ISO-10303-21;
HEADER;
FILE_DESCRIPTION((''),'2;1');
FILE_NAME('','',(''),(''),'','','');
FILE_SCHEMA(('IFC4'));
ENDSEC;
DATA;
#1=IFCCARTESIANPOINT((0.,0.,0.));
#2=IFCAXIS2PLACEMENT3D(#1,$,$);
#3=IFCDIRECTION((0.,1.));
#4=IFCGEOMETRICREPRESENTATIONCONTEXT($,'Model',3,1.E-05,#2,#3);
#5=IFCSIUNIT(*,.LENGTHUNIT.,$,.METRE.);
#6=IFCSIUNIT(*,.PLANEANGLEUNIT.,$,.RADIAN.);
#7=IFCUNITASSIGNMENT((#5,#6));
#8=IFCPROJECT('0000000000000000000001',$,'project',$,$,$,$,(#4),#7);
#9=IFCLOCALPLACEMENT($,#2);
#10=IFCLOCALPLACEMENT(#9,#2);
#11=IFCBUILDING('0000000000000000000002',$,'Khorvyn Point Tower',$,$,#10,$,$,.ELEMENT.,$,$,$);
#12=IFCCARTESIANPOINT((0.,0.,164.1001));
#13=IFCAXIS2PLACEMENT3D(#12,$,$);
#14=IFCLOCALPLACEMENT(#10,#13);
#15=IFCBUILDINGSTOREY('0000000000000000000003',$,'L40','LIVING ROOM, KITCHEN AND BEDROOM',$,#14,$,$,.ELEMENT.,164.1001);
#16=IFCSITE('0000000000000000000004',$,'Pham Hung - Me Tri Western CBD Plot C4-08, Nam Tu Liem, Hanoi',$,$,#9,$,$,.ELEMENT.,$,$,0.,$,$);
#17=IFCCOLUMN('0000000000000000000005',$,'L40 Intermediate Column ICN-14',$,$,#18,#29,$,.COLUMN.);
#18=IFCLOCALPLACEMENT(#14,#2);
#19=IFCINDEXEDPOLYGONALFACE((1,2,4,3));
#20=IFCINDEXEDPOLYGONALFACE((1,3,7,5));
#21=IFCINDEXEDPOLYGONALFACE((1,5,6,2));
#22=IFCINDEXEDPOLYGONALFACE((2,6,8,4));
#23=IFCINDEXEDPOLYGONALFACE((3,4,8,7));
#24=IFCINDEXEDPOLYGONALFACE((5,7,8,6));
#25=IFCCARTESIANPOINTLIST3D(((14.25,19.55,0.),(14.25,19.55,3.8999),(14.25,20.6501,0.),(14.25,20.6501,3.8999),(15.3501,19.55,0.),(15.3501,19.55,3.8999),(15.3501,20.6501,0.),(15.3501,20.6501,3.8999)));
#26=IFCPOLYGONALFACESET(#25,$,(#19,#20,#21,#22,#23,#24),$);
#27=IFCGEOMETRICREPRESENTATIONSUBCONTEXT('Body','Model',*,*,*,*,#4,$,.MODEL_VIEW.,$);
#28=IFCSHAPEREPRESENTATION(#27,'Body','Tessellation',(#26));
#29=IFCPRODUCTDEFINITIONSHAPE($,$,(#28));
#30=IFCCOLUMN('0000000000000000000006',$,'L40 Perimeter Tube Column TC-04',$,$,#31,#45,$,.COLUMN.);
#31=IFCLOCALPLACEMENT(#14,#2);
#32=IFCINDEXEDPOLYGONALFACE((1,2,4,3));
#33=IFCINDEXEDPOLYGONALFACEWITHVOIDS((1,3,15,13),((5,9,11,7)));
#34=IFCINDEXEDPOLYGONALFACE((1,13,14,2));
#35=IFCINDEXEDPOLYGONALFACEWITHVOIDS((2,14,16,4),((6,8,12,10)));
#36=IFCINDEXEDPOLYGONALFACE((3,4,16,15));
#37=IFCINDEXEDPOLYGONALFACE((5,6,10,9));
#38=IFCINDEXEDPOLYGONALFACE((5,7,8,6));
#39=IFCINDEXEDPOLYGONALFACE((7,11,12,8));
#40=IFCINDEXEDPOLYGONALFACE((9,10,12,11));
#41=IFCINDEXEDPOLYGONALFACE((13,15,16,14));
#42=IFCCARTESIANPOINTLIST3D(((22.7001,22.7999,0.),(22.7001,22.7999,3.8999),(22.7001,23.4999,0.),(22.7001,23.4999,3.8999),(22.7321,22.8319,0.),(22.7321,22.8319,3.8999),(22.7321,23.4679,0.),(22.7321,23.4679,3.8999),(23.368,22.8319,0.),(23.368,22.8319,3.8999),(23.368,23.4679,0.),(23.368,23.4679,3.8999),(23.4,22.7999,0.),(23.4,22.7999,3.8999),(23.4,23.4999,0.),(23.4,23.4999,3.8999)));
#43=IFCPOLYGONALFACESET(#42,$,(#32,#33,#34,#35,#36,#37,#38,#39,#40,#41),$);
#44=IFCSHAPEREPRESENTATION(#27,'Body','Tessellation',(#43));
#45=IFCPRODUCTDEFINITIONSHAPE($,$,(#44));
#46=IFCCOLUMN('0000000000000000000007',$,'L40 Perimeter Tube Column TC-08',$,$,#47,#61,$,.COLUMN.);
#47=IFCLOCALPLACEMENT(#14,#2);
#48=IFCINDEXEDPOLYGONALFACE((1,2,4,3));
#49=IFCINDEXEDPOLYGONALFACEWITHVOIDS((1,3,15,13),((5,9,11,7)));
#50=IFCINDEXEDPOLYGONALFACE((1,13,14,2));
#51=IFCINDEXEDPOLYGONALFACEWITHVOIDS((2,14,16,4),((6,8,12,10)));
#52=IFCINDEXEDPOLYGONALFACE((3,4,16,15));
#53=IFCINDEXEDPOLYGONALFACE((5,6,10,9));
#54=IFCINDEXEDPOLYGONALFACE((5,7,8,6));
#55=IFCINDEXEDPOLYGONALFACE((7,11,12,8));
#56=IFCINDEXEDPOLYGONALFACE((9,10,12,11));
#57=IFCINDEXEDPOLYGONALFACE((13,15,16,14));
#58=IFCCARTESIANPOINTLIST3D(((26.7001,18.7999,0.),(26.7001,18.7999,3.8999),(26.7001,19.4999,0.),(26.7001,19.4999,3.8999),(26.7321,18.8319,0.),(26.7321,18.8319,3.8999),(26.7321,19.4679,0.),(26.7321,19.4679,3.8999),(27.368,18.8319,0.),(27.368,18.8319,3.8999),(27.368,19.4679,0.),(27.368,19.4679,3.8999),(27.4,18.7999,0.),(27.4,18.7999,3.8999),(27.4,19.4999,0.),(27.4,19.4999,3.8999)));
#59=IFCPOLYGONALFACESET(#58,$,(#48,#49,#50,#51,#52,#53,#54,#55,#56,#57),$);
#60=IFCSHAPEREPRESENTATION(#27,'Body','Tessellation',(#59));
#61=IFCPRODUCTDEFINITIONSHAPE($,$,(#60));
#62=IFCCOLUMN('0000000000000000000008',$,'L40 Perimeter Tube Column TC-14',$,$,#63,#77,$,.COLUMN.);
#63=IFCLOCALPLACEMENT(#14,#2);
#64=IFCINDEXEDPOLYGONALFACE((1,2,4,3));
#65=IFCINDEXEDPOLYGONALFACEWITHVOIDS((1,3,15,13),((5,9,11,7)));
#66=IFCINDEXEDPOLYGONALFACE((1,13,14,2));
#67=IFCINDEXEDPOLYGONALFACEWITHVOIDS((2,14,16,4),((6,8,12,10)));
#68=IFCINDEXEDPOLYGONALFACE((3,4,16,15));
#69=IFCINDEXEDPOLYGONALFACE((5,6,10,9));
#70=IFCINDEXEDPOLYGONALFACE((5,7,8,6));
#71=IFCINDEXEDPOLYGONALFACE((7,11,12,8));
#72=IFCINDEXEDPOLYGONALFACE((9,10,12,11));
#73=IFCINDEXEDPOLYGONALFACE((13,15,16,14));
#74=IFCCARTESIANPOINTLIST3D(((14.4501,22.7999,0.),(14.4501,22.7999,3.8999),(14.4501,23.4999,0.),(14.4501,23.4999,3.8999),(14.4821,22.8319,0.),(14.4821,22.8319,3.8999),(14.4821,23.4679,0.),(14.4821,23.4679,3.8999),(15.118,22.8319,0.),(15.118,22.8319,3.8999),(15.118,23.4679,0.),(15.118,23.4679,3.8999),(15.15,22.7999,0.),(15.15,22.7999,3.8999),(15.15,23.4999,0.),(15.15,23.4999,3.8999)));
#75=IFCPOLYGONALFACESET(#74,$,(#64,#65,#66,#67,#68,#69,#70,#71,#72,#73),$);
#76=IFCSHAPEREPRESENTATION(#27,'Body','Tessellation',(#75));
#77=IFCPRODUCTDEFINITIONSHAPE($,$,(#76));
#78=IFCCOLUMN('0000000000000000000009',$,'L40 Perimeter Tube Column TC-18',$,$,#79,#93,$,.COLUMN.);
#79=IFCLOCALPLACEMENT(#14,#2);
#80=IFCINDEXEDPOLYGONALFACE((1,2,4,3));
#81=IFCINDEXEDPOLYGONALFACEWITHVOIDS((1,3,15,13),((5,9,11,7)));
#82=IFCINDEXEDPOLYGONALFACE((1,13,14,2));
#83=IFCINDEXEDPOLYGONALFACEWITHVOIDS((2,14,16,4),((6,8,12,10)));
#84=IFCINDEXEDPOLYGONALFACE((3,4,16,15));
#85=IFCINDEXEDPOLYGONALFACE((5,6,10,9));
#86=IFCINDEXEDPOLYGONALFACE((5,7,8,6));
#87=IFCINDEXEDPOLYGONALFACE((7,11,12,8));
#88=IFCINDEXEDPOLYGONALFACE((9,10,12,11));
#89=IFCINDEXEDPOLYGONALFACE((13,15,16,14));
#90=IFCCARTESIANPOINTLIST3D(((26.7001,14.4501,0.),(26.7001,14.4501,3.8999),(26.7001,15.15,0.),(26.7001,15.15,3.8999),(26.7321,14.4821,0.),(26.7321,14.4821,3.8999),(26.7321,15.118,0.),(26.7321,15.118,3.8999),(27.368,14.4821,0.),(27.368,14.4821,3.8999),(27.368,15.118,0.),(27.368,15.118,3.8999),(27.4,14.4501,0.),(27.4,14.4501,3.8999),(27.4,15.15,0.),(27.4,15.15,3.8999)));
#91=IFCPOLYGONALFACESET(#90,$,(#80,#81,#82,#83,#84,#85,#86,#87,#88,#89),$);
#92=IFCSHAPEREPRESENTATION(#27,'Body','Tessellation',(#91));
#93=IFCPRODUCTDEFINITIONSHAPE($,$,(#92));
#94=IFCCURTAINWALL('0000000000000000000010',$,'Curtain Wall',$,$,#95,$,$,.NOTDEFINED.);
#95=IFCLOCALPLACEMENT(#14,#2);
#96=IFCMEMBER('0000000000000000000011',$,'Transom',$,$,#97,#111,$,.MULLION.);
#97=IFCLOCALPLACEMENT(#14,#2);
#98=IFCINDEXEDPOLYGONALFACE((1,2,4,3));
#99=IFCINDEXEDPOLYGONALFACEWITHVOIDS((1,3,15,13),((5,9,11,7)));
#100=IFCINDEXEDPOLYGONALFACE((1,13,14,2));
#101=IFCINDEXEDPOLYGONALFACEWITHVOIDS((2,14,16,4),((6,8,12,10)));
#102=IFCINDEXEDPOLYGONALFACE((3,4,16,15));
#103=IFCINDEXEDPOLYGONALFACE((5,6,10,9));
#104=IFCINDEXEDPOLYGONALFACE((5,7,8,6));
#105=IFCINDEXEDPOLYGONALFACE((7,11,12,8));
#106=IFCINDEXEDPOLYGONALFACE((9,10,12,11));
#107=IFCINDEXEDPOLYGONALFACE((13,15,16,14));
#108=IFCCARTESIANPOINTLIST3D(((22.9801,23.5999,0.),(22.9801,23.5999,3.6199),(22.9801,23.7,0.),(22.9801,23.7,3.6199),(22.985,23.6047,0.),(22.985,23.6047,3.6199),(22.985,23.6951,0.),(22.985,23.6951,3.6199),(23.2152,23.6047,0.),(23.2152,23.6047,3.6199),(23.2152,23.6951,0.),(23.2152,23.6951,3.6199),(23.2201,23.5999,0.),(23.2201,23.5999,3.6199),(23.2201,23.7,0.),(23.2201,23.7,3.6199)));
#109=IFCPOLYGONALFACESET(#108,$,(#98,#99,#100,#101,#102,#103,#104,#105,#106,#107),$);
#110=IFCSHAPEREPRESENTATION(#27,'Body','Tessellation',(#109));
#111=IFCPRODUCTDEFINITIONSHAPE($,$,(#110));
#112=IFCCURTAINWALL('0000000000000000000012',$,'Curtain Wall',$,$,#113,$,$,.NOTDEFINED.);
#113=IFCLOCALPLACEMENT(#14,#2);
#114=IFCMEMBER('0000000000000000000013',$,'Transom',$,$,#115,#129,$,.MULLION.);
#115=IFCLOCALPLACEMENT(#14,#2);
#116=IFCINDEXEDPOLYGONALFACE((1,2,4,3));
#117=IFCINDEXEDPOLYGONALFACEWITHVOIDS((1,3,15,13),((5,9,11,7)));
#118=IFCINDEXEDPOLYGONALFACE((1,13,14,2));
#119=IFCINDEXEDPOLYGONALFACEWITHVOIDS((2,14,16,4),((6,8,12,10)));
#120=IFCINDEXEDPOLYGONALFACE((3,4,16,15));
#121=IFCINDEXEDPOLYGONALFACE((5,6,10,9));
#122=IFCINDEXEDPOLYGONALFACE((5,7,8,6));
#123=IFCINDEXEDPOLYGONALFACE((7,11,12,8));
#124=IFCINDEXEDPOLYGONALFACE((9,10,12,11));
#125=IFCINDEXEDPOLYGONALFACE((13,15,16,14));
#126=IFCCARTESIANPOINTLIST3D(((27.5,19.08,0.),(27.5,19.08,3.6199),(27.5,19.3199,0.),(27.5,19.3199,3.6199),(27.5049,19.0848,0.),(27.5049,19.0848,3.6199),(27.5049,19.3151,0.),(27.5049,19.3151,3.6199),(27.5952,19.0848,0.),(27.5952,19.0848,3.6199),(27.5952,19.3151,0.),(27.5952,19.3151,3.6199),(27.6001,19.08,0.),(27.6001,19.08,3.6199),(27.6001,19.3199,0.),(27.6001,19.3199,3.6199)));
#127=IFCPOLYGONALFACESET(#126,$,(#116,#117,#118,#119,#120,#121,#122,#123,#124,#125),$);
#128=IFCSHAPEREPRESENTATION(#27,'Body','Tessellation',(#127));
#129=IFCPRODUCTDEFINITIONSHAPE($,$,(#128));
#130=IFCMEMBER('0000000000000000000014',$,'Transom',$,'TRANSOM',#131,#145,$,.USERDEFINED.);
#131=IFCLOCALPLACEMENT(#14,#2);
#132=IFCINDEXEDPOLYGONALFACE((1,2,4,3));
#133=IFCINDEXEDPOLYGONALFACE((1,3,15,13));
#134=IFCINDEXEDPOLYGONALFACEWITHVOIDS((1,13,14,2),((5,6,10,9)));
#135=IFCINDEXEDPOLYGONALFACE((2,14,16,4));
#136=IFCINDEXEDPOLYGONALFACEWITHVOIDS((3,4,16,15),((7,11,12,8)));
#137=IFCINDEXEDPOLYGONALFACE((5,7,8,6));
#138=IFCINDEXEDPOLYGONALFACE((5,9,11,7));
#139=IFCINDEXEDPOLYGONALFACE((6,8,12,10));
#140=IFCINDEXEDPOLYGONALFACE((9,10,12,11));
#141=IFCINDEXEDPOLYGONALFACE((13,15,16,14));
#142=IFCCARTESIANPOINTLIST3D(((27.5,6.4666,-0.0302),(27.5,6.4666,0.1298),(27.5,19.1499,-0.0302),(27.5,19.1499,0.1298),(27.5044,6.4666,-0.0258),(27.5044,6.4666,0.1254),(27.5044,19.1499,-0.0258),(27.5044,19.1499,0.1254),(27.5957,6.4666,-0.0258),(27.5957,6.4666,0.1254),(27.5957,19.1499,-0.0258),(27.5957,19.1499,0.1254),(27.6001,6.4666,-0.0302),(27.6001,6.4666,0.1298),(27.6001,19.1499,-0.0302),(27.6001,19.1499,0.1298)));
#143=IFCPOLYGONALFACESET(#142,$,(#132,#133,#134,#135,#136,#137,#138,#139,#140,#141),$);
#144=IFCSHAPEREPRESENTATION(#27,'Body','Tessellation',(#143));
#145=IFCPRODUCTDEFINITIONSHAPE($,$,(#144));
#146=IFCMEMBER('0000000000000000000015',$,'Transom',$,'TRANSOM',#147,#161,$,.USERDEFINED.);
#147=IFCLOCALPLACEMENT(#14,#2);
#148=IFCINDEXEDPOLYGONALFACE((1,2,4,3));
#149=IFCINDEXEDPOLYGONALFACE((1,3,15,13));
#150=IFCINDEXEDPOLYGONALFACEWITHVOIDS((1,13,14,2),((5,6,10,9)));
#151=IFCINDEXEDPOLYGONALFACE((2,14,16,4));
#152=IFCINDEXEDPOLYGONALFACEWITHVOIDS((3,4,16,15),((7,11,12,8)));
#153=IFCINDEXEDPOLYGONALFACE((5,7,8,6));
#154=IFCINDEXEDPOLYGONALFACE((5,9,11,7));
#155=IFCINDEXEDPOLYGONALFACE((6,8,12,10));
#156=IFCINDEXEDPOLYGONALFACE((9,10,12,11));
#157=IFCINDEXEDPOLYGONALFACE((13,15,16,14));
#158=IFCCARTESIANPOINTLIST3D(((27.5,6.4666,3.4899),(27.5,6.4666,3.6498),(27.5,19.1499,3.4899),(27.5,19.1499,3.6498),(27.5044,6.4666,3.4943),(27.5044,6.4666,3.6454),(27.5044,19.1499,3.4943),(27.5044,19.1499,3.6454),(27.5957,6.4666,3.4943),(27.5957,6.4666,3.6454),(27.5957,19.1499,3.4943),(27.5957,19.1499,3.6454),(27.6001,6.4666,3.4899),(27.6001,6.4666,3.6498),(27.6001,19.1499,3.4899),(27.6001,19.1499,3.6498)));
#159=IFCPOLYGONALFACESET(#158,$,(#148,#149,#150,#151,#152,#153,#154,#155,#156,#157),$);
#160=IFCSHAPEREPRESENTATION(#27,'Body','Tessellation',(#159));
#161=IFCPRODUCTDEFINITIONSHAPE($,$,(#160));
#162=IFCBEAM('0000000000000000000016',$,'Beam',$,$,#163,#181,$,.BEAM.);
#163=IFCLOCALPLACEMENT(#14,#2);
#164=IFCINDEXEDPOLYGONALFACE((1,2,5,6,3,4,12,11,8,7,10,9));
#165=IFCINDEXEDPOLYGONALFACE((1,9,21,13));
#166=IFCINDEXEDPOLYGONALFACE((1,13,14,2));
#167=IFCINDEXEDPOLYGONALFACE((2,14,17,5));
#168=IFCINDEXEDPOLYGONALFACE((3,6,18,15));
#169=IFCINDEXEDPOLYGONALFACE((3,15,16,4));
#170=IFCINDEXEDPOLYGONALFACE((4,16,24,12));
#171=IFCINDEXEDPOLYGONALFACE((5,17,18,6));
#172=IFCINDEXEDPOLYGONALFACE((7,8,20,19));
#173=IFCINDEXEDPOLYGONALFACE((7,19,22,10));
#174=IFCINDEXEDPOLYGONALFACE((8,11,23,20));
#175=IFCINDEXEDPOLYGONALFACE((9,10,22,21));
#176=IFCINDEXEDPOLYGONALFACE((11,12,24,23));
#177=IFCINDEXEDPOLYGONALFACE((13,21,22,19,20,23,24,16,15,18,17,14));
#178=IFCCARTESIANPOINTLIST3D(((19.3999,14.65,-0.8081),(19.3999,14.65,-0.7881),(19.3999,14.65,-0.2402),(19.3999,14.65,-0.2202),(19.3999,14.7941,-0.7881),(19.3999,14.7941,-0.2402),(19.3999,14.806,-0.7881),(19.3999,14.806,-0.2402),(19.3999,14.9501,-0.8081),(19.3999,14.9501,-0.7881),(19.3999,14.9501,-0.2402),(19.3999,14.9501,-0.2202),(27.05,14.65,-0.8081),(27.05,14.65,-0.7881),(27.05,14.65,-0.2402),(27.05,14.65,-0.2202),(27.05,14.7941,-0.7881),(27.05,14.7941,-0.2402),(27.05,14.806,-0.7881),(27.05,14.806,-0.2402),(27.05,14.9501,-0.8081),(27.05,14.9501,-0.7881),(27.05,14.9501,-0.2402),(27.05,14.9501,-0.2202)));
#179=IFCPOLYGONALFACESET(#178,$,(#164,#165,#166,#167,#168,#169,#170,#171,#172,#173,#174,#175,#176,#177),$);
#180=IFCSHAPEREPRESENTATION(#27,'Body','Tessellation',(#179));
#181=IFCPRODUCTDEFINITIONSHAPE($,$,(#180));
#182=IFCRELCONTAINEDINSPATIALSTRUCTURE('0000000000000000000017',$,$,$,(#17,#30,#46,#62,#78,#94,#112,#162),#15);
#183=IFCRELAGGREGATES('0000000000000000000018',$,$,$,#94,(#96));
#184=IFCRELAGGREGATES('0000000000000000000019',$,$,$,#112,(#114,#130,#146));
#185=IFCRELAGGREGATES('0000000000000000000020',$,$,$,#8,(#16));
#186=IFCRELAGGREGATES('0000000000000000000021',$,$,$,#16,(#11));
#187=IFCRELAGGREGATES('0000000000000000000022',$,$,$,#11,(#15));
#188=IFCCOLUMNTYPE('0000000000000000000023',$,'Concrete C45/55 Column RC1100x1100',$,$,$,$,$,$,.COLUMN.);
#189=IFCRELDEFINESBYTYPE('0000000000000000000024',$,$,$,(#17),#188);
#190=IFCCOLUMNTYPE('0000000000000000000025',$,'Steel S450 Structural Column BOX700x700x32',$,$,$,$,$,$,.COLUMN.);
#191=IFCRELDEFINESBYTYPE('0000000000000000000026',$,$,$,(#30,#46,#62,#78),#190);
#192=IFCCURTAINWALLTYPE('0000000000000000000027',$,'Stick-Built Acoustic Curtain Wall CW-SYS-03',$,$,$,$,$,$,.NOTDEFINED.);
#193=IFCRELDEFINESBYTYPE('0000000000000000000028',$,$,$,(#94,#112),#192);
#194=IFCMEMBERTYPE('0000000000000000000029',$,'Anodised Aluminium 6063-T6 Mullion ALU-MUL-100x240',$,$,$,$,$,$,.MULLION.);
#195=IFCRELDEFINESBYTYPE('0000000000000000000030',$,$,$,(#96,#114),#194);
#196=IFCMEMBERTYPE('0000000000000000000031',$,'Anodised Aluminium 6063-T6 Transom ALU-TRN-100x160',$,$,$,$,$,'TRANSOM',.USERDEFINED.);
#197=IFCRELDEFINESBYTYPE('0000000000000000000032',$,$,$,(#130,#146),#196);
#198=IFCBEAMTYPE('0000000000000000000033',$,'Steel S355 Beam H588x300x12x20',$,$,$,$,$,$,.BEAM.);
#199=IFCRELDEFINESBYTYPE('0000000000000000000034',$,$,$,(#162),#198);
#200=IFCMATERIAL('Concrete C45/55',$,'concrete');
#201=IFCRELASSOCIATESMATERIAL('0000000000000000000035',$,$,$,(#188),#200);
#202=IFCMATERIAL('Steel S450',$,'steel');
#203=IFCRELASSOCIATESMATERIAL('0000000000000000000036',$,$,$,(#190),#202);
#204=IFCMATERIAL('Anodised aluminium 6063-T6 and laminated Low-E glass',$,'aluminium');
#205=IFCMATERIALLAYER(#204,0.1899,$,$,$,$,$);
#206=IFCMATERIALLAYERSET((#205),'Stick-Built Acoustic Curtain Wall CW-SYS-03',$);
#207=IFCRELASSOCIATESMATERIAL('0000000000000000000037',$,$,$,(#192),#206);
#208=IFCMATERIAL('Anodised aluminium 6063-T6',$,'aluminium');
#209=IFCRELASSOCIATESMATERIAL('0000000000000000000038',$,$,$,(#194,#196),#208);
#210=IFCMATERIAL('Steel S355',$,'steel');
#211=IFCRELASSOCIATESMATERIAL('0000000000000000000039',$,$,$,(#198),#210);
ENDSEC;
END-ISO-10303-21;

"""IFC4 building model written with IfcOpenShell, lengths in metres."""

from ifc_helpers import new_model, si_unit, direction, frame, origin, origin_2d, place, context, subcontext, project, spatial, rectangle, hollow_rectangle, i_section, extrude, material, layer, layer_set, material_profile, profile_set, type_object, element, aggregate, save


model = new_model("IFC4")

# Units and contexts
model_context = context("Model", 3, precision=1e-05, world=origin(), true_north=direction((0.0, 1.0)))
body_context = subcontext(model_context, "Body", "Model", "MODEL_VIEW")
ifc_project = project(units=[si_unit("LENGTHUNIT", "METRE"), si_unit("PLANEANGLEUNIT", "RADIAN")], contexts=[model_context])

# Site, building, storey
site_placement = place(None, origin())
site = spatial("IfcSite", under=ifc_project, at=site_placement, Name="Pham Hung - Me Tri Western CBD Plot C4-08, Nam Tu Liem, Hanoi", CompositionType="ELEMENT", RefElevation=0.0)
building_placement = place(site_placement, origin())
building = spatial("IfcBuilding", under=site, at=building_placement, Name="Khorvyn Point Tower", CompositionType="ELEMENT")
storey_placement = place(building_placement, frame((0.0, 0.0, 164.1001)))
storey = spatial("IfcBuildingStorey", under=building, at=storey_placement, Name="L40", Description="LIVING ROOM, KITCHEN AND BEDROOM", CompositionType="ELEMENT", Elevation=164.1001)

# Columns
ifc_material_1 = material(Name="Concrete C45/55", Category="concrete")
ifc_material_profile_1 = material_profile(ifc_material_1, rectangle(XDim=1.1001, YDim=1.1001, at=origin_2d()))
ifc_profile_set_1 = profile_set([ifc_material_profile_1], Name="Concrete C45/55 RC1100x1100")
column_type_1 = type_object("IfcColumnType", Name="Concrete C45/55 Column RC1100x1100", PredefinedType="COLUMN", material=ifc_profile_set_1)
column_placement = place(storey_placement, frame((14.8, 20.1001, 0.0), z_axis=(0.0, 0.0, 1.0), x_axis=(1.0, 0.0, 0.0)))
element("IfcColumn", 1, at=column_placement, inside=storey, type_object=column_type_1, Name="L40 Intermediate Column ICN-14", PredefinedType="COLUMN", context=body_context, shape_type="SweptSolid", body=[
    extrude(rectangle(XDim=1.1001, YDim=1.1001, at=origin_2d()), origin(), (0.0, 0.0, 1.0), 3.8999),
])
ifc_material_2 = material(Name="Steel S450", Category="steel")
ifc_material_profile_2 = material_profile(ifc_material_2, hollow_rectangle(XDim=0.7, YDim=0.7, WallThickness=0.032, at=origin_2d()))
ifc_profile_set_2 = profile_set([ifc_material_profile_2], Name="Steel S450 BOX700x700x32")
column_type_2 = type_object("IfcColumnType", Name="Steel S450 Structural Column BOX700x700x32", PredefinedType="COLUMN", material=ifc_profile_set_2)
for number, where, z_axis, x_axis, name in (
    (2, (23.05, 23.1499, 0.0), (0.0, 0.0, 1.0), (1.0, 0.0, 0.0), "L40 Perimeter Tube Column TC-04"),
    (3, (27.05, 19.1499, 0.0), (0.0, 0.0, 1.0), (1.0, 0.0, 0.0), "L40 Perimeter Tube Column TC-08"),
    (4, (14.8, 23.1499, 0.0), (0.0, 0.0, 1.0), (1.0, 0.0, 0.0), "L40 Perimeter Tube Column TC-14"),
    (5, (27.05, 14.8, 0.0), (0.0, 0.0, 1.0), (1.0, 0.0, 0.0), "L40 Perimeter Tube Column TC-18"),
):
    element("IfcColumn", number, at=place(storey_placement, frame(where, z_axis=z_axis, x_axis=x_axis)), inside=storey, type_object=column_type_2, Name=name, PredefinedType="COLUMN", context=body_context, shape_type="SweptSolid", body=[
        extrude(hollow_rectangle(XDim=0.7, YDim=0.7, WallThickness=0.032, at=origin_2d()), origin(), (0.0, 0.0, 1.0), 3.8999),
    ])

# Curtain wall, member
ifc_material_3 = material(Name="Anodised aluminium 6063-T6 and laminated Low-E glass", Category="aluminium")
ifc_layer_1 = layer(ifc_material_3, 0.1899)
ifc_layer_set_1 = layer_set([ifc_layer_1], Name="Stick-Built Acoustic Curtain Wall CW-SYS-03")
curtain_wall_type = type_object("IfcCurtainWallType", Name="Stick-Built Acoustic Curtain Wall CW-SYS-03", PredefinedType="NOTDEFINED", material=ifc_layer_set_1)
curtain_wall_1_placement = place(storey_placement, origin())
curtain_wall_1 = element("IfcCurtainWall", 6, at=curtain_wall_1_placement, inside=storey, type_object=curtain_wall_type, Name="Curtain Wall", PredefinedType="NOTDEFINED")
ifc_material_4 = material(Name="Anodised aluminium 6063-T6", Category="aluminium")
ifc_material_profile_3 = material_profile(ifc_material_4, hollow_rectangle(XDim=0.1001, YDim=0.24, WallThickness=0.0049, at=origin_2d()))
ifc_profile_set_3 = profile_set([ifc_material_profile_3], Name="Anodised aluminium 6063-T6 ALU-MUL-100x240")
member_type_1 = type_object("IfcMemberType", Name="Anodised Aluminium 6063-T6 Mullion ALU-MUL-100x240", PredefinedType="MULLION", material=ifc_profile_set_3)
member_1_placement = place(storey_placement, frame((23.1001, 23.6499, 0.0), z_axis=(0.0, 0.0, 1.0), x_axis=(0.0, 1.0, 0.0)))
member_1 = element("IfcMember", 7, at=member_1_placement, type_object=member_type_1, Name="Transom", PredefinedType="MULLION", context=body_context, shape_type="SweptSolid", body=[
    extrude(hollow_rectangle(XDim=0.1001, YDim=0.24, WallThickness=0.0049, at=origin_2d()), origin(), (0.0, 0.0, 1.0), 3.6199),
])

# Curtain wall, members
curtain_wall_2_placement = place(storey_placement, origin())
curtain_wall_2 = element("IfcCurtainWall", 8, at=curtain_wall_2_placement, inside=storey, type_object=curtain_wall_type, Name="Curtain Wall", PredefinedType="NOTDEFINED")
member_2_placement = place(storey_placement, frame((27.55, 19.2, 0.0), z_axis=(0.0, 0.0, 1.0), x_axis=(1.0, 0.0, 0.0)))
member_2 = element("IfcMember", 9, at=member_2_placement, type_object=member_type_1, Name="Transom", PredefinedType="MULLION", context=body_context, shape_type="SweptSolid", body=[
    extrude(hollow_rectangle(XDim=0.1001, YDim=0.24, WallThickness=0.0049, at=origin_2d()), origin(), (0.0, 0.0, 1.0), 3.6199),
])
ifc_material_profile_4 = material_profile(ifc_material_4, hollow_rectangle(XDim=0.1001, YDim=0.1599, WallThickness=0.0044, at=origin_2d()))
ifc_profile_set_4 = profile_set([ifc_material_profile_4], Name="Anodised aluminium 6063-T6 ALU-TRN-100x160")
member_type_2 = type_object("IfcMemberType", Name="Anodised Aluminium 6063-T6 Transom ALU-TRN-100x160", ElementType="TRANSOM", PredefinedType="USERDEFINED", material=ifc_profile_set_4)
member_3_placement = place(storey_placement, frame((27.55, 19.1499, 0.0498), z_axis=(0.0, -1.0, 0.0), x_axis=(1.0, 0.0, 0.0)))
member_3 = element("IfcMember", 10, at=member_3_placement, type_object=member_type_2, Name="Transom", ObjectType="TRANSOM", PredefinedType="USERDEFINED", context=body_context, shape_type="SweptSolid", body=[
    extrude(hollow_rectangle(XDim=0.1001, YDim=0.1599, WallThickness=0.0044, at=origin_2d()), origin(), (0.0, 0.0, 1.0), 12.6833),
])
member_4_placement = place(storey_placement, frame((27.55, 19.1499, 3.5698), z_axis=(0.0, -1.0, 0.0), x_axis=(1.0, 0.0, 0.0)))
member_4 = element("IfcMember", 11, at=member_4_placement, type_object=member_type_2, Name="Transom", ObjectType="TRANSOM", PredefinedType="USERDEFINED", context=body_context, shape_type="SweptSolid", body=[
    extrude(hollow_rectangle(XDim=0.1001, YDim=0.1599, WallThickness=0.0044, at=origin_2d()), origin(), (0.0, 0.0, 1.0), 12.6833),
])

# Beam
ifc_material_5 = material(Name="Steel S355", Category="steel")
ifc_material_profile_5 = material_profile(ifc_material_5, i_section(OverallWidth=0.3, OverallDepth=0.5879, WebThickness=0.012, FlangeThickness=0.02, at=origin_2d()))
ifc_profile_set_5 = profile_set([ifc_material_profile_5], Name="Steel S355 H588x300x12x20")
beam_type_1 = type_object("IfcBeamType", Name="Steel S355 Beam H588x300x12x20", PredefinedType="BEAM", material=ifc_profile_set_5)
beam_1_placement = place(storey_placement, frame((19.3999, 14.8, -0.5142), z_axis=(1.0, 0.0, 0.0), x_axis=(0.0, 1.0, 0.0)))
element("IfcBeam", 12, at=beam_1_placement, inside=storey, type_object=beam_type_1, Name="Beam", PredefinedType="BEAM", context=body_context, shape_type="SweptSolid", body=[
    extrude(i_section(OverallWidth=0.3, OverallDepth=0.5879, WebThickness=0.012, FlangeThickness=0.02, at=origin_2d()), origin(), (0.0, 0.0, 1.0), 7.6501),
])

aggregate(curtain_wall_1, [member_1])
aggregate(curtain_wall_2, [member_2, member_3, member_4])

save(model, "model.ifc")
